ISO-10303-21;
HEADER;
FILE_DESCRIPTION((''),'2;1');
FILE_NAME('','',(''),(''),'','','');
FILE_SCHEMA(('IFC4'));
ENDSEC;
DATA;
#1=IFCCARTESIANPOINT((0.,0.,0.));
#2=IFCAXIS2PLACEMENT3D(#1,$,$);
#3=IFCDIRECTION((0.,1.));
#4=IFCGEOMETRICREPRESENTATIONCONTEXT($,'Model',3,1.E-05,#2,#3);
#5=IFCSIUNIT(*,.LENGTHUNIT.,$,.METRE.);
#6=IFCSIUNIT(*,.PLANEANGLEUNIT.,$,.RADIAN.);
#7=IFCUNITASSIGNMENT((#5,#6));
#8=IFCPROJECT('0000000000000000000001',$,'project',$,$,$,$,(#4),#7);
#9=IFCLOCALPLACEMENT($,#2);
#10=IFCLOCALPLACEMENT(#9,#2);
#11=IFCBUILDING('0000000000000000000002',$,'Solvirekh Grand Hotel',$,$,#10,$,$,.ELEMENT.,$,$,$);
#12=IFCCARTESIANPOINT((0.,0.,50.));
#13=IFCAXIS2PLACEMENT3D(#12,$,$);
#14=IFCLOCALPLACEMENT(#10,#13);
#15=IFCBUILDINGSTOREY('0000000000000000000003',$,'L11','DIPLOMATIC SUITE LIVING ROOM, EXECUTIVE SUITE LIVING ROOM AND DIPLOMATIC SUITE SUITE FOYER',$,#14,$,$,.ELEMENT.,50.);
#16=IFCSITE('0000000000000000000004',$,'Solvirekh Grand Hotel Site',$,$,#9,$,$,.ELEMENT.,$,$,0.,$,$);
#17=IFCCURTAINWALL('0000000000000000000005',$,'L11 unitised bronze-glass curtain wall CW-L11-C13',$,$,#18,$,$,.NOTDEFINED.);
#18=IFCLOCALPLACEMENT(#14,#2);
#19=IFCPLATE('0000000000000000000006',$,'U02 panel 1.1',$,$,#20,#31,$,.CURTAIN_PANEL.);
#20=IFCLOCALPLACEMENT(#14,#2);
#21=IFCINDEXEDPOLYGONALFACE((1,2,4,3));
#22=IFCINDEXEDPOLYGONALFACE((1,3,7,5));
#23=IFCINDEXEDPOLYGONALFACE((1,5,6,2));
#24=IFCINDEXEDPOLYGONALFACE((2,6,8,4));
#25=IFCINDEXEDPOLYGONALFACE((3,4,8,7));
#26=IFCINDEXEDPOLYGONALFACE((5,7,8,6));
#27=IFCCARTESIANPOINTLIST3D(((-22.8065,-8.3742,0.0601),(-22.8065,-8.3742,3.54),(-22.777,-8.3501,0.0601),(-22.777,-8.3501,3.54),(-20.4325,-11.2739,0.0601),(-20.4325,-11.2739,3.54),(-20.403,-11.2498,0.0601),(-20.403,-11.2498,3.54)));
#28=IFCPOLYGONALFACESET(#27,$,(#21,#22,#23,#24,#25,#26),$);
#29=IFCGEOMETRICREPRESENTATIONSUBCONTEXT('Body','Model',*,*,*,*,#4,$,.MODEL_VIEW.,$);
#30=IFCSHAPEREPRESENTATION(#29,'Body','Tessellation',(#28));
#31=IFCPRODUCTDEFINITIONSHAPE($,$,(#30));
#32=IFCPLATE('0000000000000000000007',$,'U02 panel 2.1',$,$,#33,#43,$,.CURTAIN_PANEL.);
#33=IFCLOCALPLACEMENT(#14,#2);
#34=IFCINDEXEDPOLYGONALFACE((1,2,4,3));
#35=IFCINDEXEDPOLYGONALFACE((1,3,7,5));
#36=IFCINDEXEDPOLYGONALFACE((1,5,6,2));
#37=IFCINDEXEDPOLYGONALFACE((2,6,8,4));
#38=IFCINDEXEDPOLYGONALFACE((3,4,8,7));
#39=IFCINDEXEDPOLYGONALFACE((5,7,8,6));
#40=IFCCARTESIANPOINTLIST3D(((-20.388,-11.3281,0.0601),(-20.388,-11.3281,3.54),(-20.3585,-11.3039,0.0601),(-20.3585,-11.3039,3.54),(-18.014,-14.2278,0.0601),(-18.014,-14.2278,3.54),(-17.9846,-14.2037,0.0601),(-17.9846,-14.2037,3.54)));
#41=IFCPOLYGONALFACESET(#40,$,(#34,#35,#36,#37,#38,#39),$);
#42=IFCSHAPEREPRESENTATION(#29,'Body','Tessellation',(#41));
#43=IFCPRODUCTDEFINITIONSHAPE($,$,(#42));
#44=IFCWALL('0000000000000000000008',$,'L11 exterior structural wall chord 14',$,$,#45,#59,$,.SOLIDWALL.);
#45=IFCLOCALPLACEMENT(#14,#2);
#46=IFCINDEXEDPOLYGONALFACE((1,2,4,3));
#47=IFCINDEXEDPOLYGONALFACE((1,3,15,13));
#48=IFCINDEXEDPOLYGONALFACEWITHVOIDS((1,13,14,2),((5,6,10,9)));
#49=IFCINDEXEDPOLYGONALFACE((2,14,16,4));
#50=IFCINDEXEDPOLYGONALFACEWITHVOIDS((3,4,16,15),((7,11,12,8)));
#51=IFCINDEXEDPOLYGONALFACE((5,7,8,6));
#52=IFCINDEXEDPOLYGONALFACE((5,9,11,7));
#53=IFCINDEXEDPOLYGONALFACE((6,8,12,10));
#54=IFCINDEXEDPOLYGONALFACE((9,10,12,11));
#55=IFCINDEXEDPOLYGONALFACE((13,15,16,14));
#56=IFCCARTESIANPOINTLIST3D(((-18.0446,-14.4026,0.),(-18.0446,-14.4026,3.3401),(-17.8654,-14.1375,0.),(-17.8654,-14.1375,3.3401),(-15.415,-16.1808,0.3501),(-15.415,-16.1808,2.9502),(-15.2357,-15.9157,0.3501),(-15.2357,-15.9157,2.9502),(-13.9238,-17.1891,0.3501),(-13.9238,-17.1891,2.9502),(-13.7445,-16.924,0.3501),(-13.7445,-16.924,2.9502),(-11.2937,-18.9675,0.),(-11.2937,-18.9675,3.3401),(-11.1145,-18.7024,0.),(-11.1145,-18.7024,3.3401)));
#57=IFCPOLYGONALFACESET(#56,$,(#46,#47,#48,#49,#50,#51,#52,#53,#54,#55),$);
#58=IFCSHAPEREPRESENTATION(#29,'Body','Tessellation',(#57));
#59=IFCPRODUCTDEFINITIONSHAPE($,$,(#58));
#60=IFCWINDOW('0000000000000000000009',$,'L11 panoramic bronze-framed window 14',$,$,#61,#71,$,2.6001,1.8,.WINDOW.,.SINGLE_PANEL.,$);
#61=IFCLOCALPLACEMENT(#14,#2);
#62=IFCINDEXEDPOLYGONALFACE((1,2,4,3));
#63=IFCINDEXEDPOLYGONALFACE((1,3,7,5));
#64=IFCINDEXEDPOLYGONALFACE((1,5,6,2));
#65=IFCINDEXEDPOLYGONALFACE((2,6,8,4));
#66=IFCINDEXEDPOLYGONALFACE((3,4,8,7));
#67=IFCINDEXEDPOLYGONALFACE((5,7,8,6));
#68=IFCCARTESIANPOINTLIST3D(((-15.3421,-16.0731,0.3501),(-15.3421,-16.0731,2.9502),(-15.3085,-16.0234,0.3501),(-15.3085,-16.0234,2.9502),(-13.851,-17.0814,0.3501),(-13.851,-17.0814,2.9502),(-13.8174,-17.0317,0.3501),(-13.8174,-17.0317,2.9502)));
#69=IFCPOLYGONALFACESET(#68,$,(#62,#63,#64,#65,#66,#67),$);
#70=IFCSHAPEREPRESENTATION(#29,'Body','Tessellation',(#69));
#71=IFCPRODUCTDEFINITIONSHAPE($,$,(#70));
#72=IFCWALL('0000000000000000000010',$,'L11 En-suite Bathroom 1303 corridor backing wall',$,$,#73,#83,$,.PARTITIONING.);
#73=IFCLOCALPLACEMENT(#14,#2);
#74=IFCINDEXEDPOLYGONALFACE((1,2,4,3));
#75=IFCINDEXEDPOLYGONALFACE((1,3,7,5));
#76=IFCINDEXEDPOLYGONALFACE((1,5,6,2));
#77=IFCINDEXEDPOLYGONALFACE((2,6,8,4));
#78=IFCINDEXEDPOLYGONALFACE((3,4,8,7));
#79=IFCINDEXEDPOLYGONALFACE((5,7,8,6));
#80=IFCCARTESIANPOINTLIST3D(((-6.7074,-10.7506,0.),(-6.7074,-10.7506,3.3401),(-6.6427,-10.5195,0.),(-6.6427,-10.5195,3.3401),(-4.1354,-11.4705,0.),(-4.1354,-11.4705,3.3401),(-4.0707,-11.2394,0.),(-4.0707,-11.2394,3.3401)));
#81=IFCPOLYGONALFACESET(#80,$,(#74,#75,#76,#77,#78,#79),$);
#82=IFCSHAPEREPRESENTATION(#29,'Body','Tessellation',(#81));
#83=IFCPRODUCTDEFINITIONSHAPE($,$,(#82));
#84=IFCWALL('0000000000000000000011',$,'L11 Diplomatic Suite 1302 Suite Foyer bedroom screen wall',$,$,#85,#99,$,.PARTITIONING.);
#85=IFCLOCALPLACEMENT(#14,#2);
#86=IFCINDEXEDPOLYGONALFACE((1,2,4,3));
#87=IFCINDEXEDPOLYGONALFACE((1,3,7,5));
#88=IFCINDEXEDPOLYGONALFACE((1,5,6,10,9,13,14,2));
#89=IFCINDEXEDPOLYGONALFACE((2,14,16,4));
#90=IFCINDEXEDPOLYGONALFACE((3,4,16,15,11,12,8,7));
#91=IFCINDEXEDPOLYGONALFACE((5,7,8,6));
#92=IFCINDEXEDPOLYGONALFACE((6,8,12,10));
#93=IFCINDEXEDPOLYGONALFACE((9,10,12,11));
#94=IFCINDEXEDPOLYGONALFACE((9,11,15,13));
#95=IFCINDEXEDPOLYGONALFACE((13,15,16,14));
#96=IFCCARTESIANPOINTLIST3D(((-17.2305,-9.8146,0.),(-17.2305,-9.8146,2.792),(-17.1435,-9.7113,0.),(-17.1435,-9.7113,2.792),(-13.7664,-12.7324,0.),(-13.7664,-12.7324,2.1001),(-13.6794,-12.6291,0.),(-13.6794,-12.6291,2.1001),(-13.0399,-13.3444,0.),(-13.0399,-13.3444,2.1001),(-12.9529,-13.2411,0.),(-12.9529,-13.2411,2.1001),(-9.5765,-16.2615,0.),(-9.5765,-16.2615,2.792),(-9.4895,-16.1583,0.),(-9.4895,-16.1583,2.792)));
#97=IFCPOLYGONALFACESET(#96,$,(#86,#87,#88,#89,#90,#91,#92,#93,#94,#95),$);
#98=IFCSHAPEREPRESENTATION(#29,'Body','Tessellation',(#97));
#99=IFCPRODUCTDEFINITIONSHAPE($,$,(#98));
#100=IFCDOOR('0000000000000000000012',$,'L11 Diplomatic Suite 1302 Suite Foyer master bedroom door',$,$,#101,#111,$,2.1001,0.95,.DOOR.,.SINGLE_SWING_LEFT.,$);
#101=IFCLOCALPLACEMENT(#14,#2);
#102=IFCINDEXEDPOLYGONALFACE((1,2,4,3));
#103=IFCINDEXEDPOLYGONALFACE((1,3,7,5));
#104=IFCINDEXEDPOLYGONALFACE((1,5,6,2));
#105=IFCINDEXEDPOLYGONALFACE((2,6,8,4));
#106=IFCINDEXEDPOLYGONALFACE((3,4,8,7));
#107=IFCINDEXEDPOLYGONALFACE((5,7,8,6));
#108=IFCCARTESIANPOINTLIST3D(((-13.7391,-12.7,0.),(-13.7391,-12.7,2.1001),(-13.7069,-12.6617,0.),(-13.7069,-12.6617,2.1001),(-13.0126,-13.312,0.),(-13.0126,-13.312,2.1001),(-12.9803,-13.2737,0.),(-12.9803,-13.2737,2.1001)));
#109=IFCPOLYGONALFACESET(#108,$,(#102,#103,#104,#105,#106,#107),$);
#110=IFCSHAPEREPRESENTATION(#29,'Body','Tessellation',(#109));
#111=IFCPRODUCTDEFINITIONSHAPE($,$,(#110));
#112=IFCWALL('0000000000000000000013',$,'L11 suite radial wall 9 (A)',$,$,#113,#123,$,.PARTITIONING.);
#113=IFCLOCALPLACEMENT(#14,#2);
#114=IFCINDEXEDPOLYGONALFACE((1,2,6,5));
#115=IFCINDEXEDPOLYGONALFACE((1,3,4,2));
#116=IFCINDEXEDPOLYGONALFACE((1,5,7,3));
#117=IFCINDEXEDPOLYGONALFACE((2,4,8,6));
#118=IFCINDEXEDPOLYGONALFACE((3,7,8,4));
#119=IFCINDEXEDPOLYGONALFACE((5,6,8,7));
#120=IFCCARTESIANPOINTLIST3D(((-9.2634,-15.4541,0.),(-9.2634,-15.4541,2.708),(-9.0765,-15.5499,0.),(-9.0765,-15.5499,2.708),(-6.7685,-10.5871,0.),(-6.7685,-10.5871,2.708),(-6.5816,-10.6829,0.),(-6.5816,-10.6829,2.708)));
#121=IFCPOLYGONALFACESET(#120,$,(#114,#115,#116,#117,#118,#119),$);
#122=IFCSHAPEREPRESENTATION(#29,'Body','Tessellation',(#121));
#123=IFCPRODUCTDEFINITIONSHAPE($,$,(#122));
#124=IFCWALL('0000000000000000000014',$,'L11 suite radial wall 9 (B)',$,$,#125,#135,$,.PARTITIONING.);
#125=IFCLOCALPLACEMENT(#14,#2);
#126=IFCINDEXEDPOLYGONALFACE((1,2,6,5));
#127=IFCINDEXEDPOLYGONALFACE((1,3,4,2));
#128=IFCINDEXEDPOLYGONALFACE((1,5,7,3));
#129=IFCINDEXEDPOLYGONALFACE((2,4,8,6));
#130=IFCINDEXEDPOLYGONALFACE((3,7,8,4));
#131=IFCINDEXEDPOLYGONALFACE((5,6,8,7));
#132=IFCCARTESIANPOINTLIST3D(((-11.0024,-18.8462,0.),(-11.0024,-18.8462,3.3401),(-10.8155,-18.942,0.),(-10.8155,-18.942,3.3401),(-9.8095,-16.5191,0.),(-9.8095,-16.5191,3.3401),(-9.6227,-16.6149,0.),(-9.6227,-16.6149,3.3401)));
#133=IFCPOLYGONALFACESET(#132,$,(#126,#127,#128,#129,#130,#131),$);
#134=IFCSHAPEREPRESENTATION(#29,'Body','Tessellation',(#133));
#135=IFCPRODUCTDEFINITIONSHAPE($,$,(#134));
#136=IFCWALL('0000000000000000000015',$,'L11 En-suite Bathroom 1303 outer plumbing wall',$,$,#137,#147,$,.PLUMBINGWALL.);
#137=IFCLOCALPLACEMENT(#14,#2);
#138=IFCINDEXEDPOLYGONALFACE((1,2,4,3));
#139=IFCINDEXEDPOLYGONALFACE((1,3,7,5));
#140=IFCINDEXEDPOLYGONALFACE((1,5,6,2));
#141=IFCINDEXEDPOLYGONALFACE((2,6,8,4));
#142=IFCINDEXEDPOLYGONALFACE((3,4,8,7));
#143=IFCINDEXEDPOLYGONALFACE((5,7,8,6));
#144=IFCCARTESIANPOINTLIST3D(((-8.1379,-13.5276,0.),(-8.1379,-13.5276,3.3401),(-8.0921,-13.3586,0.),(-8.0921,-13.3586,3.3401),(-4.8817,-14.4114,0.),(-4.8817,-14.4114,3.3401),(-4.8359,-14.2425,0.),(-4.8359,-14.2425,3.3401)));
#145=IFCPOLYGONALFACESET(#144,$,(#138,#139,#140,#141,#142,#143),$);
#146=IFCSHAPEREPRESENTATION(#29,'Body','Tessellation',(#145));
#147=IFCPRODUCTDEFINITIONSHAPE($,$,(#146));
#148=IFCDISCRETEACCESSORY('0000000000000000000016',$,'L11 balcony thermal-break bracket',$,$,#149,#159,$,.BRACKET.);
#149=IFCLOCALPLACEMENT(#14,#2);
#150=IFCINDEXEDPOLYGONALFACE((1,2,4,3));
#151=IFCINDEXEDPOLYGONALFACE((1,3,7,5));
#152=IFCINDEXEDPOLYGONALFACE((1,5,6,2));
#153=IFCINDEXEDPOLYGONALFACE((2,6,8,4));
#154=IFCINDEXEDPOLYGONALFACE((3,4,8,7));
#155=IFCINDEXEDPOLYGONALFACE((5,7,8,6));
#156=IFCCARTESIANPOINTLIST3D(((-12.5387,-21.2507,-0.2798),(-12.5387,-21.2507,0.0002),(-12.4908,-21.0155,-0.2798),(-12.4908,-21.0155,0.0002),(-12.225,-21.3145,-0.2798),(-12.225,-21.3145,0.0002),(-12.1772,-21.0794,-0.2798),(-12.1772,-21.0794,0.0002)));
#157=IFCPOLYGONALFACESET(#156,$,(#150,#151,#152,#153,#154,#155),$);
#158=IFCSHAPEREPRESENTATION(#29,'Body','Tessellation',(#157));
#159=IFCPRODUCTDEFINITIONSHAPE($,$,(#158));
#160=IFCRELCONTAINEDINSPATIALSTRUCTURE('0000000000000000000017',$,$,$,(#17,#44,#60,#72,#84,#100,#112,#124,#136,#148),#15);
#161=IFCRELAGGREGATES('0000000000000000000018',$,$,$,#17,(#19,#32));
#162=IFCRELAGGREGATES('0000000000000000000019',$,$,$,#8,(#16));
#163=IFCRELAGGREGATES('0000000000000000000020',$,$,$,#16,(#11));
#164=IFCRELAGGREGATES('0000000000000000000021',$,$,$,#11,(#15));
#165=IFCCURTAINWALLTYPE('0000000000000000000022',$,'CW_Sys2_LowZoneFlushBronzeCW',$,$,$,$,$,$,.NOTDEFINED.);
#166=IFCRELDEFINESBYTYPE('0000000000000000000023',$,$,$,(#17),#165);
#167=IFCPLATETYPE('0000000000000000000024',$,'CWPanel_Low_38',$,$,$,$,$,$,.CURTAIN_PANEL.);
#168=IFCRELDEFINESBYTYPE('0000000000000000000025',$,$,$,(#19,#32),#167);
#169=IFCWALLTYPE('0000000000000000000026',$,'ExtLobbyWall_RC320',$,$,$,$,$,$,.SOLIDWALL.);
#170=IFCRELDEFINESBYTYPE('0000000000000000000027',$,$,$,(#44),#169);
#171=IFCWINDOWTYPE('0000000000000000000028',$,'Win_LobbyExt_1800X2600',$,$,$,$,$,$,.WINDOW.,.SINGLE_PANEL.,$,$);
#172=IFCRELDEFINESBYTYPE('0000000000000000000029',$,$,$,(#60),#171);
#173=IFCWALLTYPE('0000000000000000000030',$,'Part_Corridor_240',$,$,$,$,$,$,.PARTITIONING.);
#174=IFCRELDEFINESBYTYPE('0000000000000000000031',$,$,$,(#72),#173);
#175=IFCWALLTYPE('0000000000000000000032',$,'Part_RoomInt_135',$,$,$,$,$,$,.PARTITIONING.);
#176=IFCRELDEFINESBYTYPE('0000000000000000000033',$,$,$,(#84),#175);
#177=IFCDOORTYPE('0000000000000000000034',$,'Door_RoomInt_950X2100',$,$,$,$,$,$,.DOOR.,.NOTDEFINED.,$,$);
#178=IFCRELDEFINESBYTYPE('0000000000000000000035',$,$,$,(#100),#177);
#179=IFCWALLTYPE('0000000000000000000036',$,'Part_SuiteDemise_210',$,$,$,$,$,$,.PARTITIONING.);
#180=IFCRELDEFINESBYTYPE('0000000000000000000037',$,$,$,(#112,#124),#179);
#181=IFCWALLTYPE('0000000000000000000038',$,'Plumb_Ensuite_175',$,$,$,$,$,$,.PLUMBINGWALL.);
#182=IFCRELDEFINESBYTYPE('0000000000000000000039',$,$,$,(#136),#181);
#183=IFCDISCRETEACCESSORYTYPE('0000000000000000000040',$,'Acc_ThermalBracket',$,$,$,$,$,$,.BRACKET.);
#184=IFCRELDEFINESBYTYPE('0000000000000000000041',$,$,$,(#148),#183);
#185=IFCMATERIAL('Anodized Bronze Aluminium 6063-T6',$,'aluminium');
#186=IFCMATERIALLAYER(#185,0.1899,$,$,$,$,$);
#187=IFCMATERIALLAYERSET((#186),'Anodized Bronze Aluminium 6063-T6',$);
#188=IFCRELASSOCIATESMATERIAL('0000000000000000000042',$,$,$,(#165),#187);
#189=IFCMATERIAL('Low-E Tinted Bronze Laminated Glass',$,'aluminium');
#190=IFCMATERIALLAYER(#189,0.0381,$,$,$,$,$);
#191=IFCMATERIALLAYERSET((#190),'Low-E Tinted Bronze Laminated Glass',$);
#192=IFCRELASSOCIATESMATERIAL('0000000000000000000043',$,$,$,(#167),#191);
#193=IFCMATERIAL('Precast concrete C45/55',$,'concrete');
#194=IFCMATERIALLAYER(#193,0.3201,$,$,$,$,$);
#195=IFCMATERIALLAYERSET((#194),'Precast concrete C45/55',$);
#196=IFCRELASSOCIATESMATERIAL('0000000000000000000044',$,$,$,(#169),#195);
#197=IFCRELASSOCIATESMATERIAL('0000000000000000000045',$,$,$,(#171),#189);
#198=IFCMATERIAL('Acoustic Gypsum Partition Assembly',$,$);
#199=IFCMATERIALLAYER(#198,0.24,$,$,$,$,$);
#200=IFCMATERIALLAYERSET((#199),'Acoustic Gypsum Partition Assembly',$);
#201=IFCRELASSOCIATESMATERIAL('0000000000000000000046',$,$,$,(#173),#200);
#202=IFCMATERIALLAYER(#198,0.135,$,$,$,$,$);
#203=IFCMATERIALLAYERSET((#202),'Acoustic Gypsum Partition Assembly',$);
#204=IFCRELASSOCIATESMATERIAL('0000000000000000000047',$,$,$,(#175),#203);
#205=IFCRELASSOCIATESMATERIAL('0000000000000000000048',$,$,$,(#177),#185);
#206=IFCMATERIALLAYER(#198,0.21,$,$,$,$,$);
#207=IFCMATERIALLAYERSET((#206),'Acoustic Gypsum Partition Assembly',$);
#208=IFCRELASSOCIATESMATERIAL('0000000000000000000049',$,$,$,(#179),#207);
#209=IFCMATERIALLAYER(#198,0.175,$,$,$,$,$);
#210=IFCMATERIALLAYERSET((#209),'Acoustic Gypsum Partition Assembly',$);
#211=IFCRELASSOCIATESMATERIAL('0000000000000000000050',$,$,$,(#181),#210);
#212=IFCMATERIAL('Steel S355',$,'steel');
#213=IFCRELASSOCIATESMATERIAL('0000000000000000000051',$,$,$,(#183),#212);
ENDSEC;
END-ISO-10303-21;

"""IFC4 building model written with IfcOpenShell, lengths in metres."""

from ifc_helpers import new_model, si_unit, direction, frame, frame_2d, origin, origin_2d, place, context, subcontext, project, spatial, rectangle, extrude, source, transform, mapped, material, layer, layer_set, type_object, element, fill, aggregate, save


model = new_model("IFC4")

# Units and contexts
model_context = context("Model", 3, precision=1e-05, world=origin(), true_north=direction((0.0, 1.0)))
body_context = subcontext(model_context, "Body", "Model", "MODEL_VIEW")
ifc_project = project(units=[si_unit("LENGTHUNIT", "METRE"), si_unit("PLANEANGLEUNIT", "RADIAN")], contexts=[model_context])

# Site, building, storey
site_placement = place(None, origin())
site = spatial("IfcSite", under=ifc_project, at=site_placement, Name="Solvirekh Grand Hotel Site", CompositionType="ELEMENT", RefElevation=0.0)
building_placement = place(site_placement, origin())
building = spatial("IfcBuilding", under=site, at=building_placement, Name="Solvirekh Grand Hotel", CompositionType="ELEMENT")
storey_placement = place(building_placement, frame((0.0, 0.0, 50.0)))
storey = spatial("IfcBuildingStorey", under=building, at=storey_placement, Name="L11", Description="DIPLOMATIC SUITE LIVING ROOM, EXECUTIVE SUITE LIVING ROOM AND DIPLOMATIC SUITE SUITE FOYER", CompositionType="ELEMENT", Elevation=50.0)

# Shared definitions
ifc_material_1 = material(Name="Steel S355", Category="steel")

# Curtain wall, plates
ifc_material_2 = material(Name="Anodized Bronze Aluminium 6063-T6", Category="aluminium")
ifc_layer_1 = layer(ifc_material_2, 0.1899)
ifc_layer_set_1 = layer_set([ifc_layer_1], Name="Anodized Bronze Aluminium 6063-T6")
curtain_wall_type = type_object("IfcCurtainWallType", Name="CW_Sys2_LowZoneFlushBronzeCW", PredefinedType="NOTDEFINED", material=ifc_layer_set_1)
curtain_wall_placement = place(storey_placement, origin())
curtain_wall = element("IfcCurtainWall", 1, at=curtain_wall_placement, inside=storey, type_object=curtain_wall_type, Name="L11 unitised bronze-glass curtain wall CW-L11-C13", PredefinedType="NOTDEFINED")
ifc_material_3 = material(Name="Low-E Tinted Bronze Laminated Glass", Category="aluminium")
ifc_layer_2 = layer(ifc_material_3, 0.0381)
ifc_layer_set_2 = layer_set([ifc_layer_2], Name="Low-E Tinted Bronze Laminated Glass")
plate_type = type_object("IfcPlateType", Name="CWPanel_Low_38", PredefinedType="CURTAIN_PANEL", material=ifc_layer_set_2)
shared_shape_1 = source(origin(), body_context, "Body", "SweptSolid", [
    extrude(rectangle(XDim=3.7476, YDim=0.0381, at=origin_2d()), origin(), (0.0, 0.0, 1.0), 3.48),
])
plate_1_placement = place(storey_placement, frame((-21.6047, -9.812, 0.0601), z_axis=(0.0, 0.0, 1.0), x_axis=(0.633471, -0.773766, 0.0)))
plate_1 = element("IfcPlate", 2, at=plate_1_placement, type_object=plate_type, Name="U02 panel 1.1", PredefinedType="CURTAIN_PANEL", context=body_context, shape_type="MappedRepresentation", body=[
    mapped(shared_shape_1, transform((0.0, 0.0, 0.0), x_axis=(1.0, 0.0, 0.0), y_axis=(0.0, 1.0, 0.0), z_axis=(0.0, 0.0, 1.0), scale=1.0)),
])
plate_2_placement = place(storey_placement, frame((-19.1863, -12.7659, 0.0601), z_axis=(0.0, 0.0, 1.0), x_axis=(0.633471, -0.773766, 0.0)))
plate_2 = element("IfcPlate", 3, at=plate_2_placement, type_object=plate_type, Name="U02 panel 2.1", PredefinedType="CURTAIN_PANEL", context=body_context, shape_type="MappedRepresentation", body=[
    mapped(shared_shape_1, transform((0.0, 0.0, 0.0), x_axis=(1.0, 0.0, 0.0), y_axis=(0.0, 1.0, 0.0), z_axis=(0.0, 0.0, 1.0), scale=1.0)),
])
aggregate(curtain_wall, [plate_1, plate_2])

# Wall, opening, window
ifc_material_4 = material(Name="Precast concrete C45/55", Category="concrete")
ifc_layer_3 = layer(ifc_material_4, 0.3201)
ifc_layer_set_3 = layer_set([ifc_layer_3], Name="Precast concrete C45/55")
wall_type_1 = type_object("IfcWallType", Name="ExtLobbyWall_RC320", PredefinedType="SOLIDWALL", material=ifc_layer_set_3)
wall_1_placement = place(storey_placement, frame((-11.2041, -18.835, 0.0), z_axis=(0.0, 0.0, 1.0), x_axis=(-0.828391, 0.56015, 0.0)))
wall_1 = element("IfcWall", 4, at=wall_1_placement, inside=storey, type_object=wall_type_1, Name="L11 exterior structural wall chord 14", PredefinedType="SOLIDWALL", context=body_context, shape_type="SweptSolid", body=[
    extrude(rectangle(XDim=8.1494, YDim=0.3201, at=frame_2d((4.0747, 0.0))), origin(), (0.0, 0.0, 1.0), 3.3401),
])
opening_1_placement = place(wall_1_placement, frame((3.175, 0.0, 0.3501)))
opening_1 = element("IfcOpeningElement", 5, at=opening_1_placement, cuts=wall_1, PredefinedType="OPENING", context=body_context, shape_type="SweptSolid", body=[
    extrude(rectangle(XDim=1.8, YDim=2.6001, at=frame_2d((0.8999, 1.3))), frame((0.0, 0.1699, 0.0), z_axis=(0.0, -1.0, 0.0), x_axis=(1.0, 0.0, 0.0)), (0.0, 0.0, 1.0), 0.3401),
])
window_type = type_object("IfcWindowType", Name="Win_LobbyExt_1800X2600", PartitioningType="SINGLE_PANEL", PredefinedType="WINDOW", material=ifc_material_3)
window_placement = place(opening_1_placement, origin())
window = element("IfcWindow", 6, at=window_placement, inside=storey, type_object=window_type, Name="L11 panoramic bronze-framed window 14", OverallHeight=2.6001, OverallWidth=1.8, PartitioningType="SINGLE_PANEL", PredefinedType="WINDOW", context=body_context, shape_type="SweptSolid", body=[
    extrude(rectangle(XDim=1.8, YDim=2.6001, at=frame_2d((0.8999, 1.3))), frame((0.0, 0.03, 0.0), z_axis=(0.0, -1.0, 0.0), x_axis=(1.0, 0.0, 0.0)), (0.0, 0.0, 1.0), 0.0601),
])
fill(opening_1, window)

# Wall
ifc_material_5 = material(Name="Acoustic Gypsum Partition Assembly")
ifc_layer_4 = layer(ifc_material_5, 0.24)
ifc_layer_set_4 = layer_set([ifc_layer_4], Name="Acoustic Gypsum Partition Assembly")
wall_type_2 = type_object("IfcWallType", Name="Part_Corridor_240", PredefinedType="PARTITIONING", material=ifc_layer_set_4)
wall_2_placement = place(storey_placement, frame((-6.675, -10.635, 0.0), z_axis=(0.0, 0.0, 1.0), x_axis=(0.962983, -0.269562, 0.0)))
element("IfcWall", 7, at=wall_2_placement, inside=storey, type_object=wall_type_2, Name="L11 En-suite Bathroom 1303 corridor backing wall", PredefinedType="PARTITIONING", context=body_context, shape_type="SweptSolid", body=[
    extrude(rectangle(XDim=2.6709, YDim=0.24, at=frame_2d((1.3354, 0.0))), origin(), (0.0, 0.0, 1.0), 3.3401),
])

# Wall, opening, door
ifc_layer_5 = layer(ifc_material_5, 0.135)
ifc_layer_set_5 = layer_set([ifc_layer_5], Name="Acoustic Gypsum Partition Assembly")
wall_type_3 = type_object("IfcWallType", Name="Part_RoomInt_135", PredefinedType="PARTITIONING", material=ifc_layer_set_5)
wall_3_placement = place(storey_placement, frame((-17.187, -9.7629, 0.0), z_axis=(0.0, 0.0, 1.0), x_axis=(0.764837, -0.644224, 0.0)))
wall_3 = element("IfcWall", 8, at=wall_3_placement, inside=storey, type_object=wall_type_3, Name="L11 Diplomatic Suite 1302 Suite Foyer bedroom screen wall", PredefinedType="PARTITIONING", context=body_context, shape_type="SweptSolid", body=[
    extrude(rectangle(XDim=10.0073, YDim=0.135, at=frame_2d((5.0037, 0.0))), origin(), (0.0, 0.0, 1.0), 2.792),
])
opening_2_placement = place(wall_3_placement, frame((4.5291, 0.0, 0.0)))
opening_2 = element("IfcOpeningElement", 9, at=opening_2_placement, cuts=wall_3, PredefinedType="OPENING", context=body_context, shape_type="SweptSolid", body=[
    extrude(rectangle(XDim=0.95, YDim=2.1001, at=frame_2d((0.4751, 1.05))), frame((0.0, 0.0776, 0.0), z_axis=(0.0, -1.0, 0.0), x_axis=(1.0, 0.0, 0.0)), (0.0, 0.0, 1.0), 0.155),
])
door_type = type_object("IfcDoorType", Name="Door_RoomInt_950X2100", OperationType="NOTDEFINED", PredefinedType="DOOR", material=ifc_material_2)
door_placement = place(opening_2_placement, origin())
door = element("IfcDoor", 10, at=door_placement, inside=storey, type_object=door_type, Name="L11 Diplomatic Suite 1302 Suite Foyer master bedroom door", OperationType="SINGLE_SWING_LEFT", OverallHeight=2.1001, OverallWidth=0.95, PredefinedType="DOOR", context=body_context, shape_type="SweptSolid", body=[
    extrude(rectangle(XDim=0.95, YDim=2.1001, at=frame_2d((0.4751, 1.05))), frame((0.0, 0.0249, 0.0), z_axis=(0.0, -1.0, 0.0), x_axis=(1.0, 0.0, 0.0)), (0.0, 0.0, 1.0), 0.05),
])
fill(opening_2, door)

# Walls
ifc_layer_6 = layer(ifc_material_5, 0.21)
ifc_layer_set_6 = layer_set([ifc_layer_6], Name="Acoustic Gypsum Partition Assembly")
wall_type_4 = type_object("IfcWallType", Name="Part_SuiteDemise_210", PredefinedType="PARTITIONING", material=ifc_layer_set_6)
wall_4_placement = place(storey_placement, frame((-6.675, -10.635, 0.0), z_axis=(0.0, 0.0, 1.0), x_axis=(-0.456173, -0.889891, 0.0)))
element("IfcWall", 11, at=wall_4_placement, inside=storey, type_object=wall_type_4, Name="L11 suite radial wall 9 (A)", PredefinedType="PARTITIONING", context=body_context, shape_type="SweptSolid", body=[
    extrude(rectangle(XDim=5.4692, YDim=0.21, at=frame_2d((2.7346, 0.0))), origin(), (0.0, 0.0, 1.0), 2.708),
])
wall_5_placement = place(storey_placement, frame((-9.7161, -16.5669, 0.0), z_axis=(0.0, 0.0, 1.0), x_axis=(-0.456154, -0.889901, 0.0)))
element("IfcWall", 12, at=wall_5_placement, inside=storey, type_object=wall_type_4, Name="L11 suite radial wall 9 (B)", PredefinedType="PARTITIONING", context=body_context, shape_type="SweptSolid", body=[
    extrude(rectangle(XDim=2.615, YDim=0.21, at=frame_2d((1.3076, 0.0))), origin(), (0.0, 0.0, 1.0), 3.3401),
])
ifc_layer_7 = layer(ifc_material_5, 0.175)
ifc_layer_set_7 = layer_set([ifc_layer_7], Name="Acoustic Gypsum Partition Assembly")
wall_type_5 = type_object("IfcWallType", Name="Plumb_Ensuite_175", PredefinedType="PLUMBINGWALL", material=ifc_layer_set_7)
wall_6_placement = place(storey_placement, frame((-8.115, -13.4431, 0.0), z_axis=(0.0, 0.0, 1.0), x_axis=(0.965082, -0.261948, 0.0)))
element("IfcWall", 13, at=wall_6_placement, inside=storey, type_object=wall_type_5, Name="L11 En-suite Bathroom 1303 outer plumbing wall", PredefinedType="PLUMBINGWALL", context=body_context, shape_type="SweptSolid", body=[
    extrude(rectangle(XDim=3.374, YDim=0.175, at=frame_2d((1.687, 0.0))), origin(), (0.0, 0.0, 1.0), 3.3401),
])

# Discrete accessory
discrete_accessory_type = type_object("IfcDiscreteAccessoryType", Name="Acc_ThermalBracket", PredefinedType="BRACKET", material=ifc_material_1)
discrete_accessory_placement = place(storey_placement, frame((-12.3579, -21.165, -0.2798), z_axis=(0.0, 0.0, 1.0), x_axis=(0.979925, -0.199368, 0.0)))
element("IfcDiscreteAccessory", 14, at=discrete_accessory_placement, inside=storey, type_object=discrete_accessory_type, Name="L11 balcony thermal-break bracket", PredefinedType="BRACKET", context=body_context, shape_type="SweptSolid", body=[
    extrude(rectangle(XDim=0.3201, YDim=0.24, at=origin_2d()), origin(), (0.0, 0.0, 1.0), 0.28),
])

save(model, "model.ifc")
